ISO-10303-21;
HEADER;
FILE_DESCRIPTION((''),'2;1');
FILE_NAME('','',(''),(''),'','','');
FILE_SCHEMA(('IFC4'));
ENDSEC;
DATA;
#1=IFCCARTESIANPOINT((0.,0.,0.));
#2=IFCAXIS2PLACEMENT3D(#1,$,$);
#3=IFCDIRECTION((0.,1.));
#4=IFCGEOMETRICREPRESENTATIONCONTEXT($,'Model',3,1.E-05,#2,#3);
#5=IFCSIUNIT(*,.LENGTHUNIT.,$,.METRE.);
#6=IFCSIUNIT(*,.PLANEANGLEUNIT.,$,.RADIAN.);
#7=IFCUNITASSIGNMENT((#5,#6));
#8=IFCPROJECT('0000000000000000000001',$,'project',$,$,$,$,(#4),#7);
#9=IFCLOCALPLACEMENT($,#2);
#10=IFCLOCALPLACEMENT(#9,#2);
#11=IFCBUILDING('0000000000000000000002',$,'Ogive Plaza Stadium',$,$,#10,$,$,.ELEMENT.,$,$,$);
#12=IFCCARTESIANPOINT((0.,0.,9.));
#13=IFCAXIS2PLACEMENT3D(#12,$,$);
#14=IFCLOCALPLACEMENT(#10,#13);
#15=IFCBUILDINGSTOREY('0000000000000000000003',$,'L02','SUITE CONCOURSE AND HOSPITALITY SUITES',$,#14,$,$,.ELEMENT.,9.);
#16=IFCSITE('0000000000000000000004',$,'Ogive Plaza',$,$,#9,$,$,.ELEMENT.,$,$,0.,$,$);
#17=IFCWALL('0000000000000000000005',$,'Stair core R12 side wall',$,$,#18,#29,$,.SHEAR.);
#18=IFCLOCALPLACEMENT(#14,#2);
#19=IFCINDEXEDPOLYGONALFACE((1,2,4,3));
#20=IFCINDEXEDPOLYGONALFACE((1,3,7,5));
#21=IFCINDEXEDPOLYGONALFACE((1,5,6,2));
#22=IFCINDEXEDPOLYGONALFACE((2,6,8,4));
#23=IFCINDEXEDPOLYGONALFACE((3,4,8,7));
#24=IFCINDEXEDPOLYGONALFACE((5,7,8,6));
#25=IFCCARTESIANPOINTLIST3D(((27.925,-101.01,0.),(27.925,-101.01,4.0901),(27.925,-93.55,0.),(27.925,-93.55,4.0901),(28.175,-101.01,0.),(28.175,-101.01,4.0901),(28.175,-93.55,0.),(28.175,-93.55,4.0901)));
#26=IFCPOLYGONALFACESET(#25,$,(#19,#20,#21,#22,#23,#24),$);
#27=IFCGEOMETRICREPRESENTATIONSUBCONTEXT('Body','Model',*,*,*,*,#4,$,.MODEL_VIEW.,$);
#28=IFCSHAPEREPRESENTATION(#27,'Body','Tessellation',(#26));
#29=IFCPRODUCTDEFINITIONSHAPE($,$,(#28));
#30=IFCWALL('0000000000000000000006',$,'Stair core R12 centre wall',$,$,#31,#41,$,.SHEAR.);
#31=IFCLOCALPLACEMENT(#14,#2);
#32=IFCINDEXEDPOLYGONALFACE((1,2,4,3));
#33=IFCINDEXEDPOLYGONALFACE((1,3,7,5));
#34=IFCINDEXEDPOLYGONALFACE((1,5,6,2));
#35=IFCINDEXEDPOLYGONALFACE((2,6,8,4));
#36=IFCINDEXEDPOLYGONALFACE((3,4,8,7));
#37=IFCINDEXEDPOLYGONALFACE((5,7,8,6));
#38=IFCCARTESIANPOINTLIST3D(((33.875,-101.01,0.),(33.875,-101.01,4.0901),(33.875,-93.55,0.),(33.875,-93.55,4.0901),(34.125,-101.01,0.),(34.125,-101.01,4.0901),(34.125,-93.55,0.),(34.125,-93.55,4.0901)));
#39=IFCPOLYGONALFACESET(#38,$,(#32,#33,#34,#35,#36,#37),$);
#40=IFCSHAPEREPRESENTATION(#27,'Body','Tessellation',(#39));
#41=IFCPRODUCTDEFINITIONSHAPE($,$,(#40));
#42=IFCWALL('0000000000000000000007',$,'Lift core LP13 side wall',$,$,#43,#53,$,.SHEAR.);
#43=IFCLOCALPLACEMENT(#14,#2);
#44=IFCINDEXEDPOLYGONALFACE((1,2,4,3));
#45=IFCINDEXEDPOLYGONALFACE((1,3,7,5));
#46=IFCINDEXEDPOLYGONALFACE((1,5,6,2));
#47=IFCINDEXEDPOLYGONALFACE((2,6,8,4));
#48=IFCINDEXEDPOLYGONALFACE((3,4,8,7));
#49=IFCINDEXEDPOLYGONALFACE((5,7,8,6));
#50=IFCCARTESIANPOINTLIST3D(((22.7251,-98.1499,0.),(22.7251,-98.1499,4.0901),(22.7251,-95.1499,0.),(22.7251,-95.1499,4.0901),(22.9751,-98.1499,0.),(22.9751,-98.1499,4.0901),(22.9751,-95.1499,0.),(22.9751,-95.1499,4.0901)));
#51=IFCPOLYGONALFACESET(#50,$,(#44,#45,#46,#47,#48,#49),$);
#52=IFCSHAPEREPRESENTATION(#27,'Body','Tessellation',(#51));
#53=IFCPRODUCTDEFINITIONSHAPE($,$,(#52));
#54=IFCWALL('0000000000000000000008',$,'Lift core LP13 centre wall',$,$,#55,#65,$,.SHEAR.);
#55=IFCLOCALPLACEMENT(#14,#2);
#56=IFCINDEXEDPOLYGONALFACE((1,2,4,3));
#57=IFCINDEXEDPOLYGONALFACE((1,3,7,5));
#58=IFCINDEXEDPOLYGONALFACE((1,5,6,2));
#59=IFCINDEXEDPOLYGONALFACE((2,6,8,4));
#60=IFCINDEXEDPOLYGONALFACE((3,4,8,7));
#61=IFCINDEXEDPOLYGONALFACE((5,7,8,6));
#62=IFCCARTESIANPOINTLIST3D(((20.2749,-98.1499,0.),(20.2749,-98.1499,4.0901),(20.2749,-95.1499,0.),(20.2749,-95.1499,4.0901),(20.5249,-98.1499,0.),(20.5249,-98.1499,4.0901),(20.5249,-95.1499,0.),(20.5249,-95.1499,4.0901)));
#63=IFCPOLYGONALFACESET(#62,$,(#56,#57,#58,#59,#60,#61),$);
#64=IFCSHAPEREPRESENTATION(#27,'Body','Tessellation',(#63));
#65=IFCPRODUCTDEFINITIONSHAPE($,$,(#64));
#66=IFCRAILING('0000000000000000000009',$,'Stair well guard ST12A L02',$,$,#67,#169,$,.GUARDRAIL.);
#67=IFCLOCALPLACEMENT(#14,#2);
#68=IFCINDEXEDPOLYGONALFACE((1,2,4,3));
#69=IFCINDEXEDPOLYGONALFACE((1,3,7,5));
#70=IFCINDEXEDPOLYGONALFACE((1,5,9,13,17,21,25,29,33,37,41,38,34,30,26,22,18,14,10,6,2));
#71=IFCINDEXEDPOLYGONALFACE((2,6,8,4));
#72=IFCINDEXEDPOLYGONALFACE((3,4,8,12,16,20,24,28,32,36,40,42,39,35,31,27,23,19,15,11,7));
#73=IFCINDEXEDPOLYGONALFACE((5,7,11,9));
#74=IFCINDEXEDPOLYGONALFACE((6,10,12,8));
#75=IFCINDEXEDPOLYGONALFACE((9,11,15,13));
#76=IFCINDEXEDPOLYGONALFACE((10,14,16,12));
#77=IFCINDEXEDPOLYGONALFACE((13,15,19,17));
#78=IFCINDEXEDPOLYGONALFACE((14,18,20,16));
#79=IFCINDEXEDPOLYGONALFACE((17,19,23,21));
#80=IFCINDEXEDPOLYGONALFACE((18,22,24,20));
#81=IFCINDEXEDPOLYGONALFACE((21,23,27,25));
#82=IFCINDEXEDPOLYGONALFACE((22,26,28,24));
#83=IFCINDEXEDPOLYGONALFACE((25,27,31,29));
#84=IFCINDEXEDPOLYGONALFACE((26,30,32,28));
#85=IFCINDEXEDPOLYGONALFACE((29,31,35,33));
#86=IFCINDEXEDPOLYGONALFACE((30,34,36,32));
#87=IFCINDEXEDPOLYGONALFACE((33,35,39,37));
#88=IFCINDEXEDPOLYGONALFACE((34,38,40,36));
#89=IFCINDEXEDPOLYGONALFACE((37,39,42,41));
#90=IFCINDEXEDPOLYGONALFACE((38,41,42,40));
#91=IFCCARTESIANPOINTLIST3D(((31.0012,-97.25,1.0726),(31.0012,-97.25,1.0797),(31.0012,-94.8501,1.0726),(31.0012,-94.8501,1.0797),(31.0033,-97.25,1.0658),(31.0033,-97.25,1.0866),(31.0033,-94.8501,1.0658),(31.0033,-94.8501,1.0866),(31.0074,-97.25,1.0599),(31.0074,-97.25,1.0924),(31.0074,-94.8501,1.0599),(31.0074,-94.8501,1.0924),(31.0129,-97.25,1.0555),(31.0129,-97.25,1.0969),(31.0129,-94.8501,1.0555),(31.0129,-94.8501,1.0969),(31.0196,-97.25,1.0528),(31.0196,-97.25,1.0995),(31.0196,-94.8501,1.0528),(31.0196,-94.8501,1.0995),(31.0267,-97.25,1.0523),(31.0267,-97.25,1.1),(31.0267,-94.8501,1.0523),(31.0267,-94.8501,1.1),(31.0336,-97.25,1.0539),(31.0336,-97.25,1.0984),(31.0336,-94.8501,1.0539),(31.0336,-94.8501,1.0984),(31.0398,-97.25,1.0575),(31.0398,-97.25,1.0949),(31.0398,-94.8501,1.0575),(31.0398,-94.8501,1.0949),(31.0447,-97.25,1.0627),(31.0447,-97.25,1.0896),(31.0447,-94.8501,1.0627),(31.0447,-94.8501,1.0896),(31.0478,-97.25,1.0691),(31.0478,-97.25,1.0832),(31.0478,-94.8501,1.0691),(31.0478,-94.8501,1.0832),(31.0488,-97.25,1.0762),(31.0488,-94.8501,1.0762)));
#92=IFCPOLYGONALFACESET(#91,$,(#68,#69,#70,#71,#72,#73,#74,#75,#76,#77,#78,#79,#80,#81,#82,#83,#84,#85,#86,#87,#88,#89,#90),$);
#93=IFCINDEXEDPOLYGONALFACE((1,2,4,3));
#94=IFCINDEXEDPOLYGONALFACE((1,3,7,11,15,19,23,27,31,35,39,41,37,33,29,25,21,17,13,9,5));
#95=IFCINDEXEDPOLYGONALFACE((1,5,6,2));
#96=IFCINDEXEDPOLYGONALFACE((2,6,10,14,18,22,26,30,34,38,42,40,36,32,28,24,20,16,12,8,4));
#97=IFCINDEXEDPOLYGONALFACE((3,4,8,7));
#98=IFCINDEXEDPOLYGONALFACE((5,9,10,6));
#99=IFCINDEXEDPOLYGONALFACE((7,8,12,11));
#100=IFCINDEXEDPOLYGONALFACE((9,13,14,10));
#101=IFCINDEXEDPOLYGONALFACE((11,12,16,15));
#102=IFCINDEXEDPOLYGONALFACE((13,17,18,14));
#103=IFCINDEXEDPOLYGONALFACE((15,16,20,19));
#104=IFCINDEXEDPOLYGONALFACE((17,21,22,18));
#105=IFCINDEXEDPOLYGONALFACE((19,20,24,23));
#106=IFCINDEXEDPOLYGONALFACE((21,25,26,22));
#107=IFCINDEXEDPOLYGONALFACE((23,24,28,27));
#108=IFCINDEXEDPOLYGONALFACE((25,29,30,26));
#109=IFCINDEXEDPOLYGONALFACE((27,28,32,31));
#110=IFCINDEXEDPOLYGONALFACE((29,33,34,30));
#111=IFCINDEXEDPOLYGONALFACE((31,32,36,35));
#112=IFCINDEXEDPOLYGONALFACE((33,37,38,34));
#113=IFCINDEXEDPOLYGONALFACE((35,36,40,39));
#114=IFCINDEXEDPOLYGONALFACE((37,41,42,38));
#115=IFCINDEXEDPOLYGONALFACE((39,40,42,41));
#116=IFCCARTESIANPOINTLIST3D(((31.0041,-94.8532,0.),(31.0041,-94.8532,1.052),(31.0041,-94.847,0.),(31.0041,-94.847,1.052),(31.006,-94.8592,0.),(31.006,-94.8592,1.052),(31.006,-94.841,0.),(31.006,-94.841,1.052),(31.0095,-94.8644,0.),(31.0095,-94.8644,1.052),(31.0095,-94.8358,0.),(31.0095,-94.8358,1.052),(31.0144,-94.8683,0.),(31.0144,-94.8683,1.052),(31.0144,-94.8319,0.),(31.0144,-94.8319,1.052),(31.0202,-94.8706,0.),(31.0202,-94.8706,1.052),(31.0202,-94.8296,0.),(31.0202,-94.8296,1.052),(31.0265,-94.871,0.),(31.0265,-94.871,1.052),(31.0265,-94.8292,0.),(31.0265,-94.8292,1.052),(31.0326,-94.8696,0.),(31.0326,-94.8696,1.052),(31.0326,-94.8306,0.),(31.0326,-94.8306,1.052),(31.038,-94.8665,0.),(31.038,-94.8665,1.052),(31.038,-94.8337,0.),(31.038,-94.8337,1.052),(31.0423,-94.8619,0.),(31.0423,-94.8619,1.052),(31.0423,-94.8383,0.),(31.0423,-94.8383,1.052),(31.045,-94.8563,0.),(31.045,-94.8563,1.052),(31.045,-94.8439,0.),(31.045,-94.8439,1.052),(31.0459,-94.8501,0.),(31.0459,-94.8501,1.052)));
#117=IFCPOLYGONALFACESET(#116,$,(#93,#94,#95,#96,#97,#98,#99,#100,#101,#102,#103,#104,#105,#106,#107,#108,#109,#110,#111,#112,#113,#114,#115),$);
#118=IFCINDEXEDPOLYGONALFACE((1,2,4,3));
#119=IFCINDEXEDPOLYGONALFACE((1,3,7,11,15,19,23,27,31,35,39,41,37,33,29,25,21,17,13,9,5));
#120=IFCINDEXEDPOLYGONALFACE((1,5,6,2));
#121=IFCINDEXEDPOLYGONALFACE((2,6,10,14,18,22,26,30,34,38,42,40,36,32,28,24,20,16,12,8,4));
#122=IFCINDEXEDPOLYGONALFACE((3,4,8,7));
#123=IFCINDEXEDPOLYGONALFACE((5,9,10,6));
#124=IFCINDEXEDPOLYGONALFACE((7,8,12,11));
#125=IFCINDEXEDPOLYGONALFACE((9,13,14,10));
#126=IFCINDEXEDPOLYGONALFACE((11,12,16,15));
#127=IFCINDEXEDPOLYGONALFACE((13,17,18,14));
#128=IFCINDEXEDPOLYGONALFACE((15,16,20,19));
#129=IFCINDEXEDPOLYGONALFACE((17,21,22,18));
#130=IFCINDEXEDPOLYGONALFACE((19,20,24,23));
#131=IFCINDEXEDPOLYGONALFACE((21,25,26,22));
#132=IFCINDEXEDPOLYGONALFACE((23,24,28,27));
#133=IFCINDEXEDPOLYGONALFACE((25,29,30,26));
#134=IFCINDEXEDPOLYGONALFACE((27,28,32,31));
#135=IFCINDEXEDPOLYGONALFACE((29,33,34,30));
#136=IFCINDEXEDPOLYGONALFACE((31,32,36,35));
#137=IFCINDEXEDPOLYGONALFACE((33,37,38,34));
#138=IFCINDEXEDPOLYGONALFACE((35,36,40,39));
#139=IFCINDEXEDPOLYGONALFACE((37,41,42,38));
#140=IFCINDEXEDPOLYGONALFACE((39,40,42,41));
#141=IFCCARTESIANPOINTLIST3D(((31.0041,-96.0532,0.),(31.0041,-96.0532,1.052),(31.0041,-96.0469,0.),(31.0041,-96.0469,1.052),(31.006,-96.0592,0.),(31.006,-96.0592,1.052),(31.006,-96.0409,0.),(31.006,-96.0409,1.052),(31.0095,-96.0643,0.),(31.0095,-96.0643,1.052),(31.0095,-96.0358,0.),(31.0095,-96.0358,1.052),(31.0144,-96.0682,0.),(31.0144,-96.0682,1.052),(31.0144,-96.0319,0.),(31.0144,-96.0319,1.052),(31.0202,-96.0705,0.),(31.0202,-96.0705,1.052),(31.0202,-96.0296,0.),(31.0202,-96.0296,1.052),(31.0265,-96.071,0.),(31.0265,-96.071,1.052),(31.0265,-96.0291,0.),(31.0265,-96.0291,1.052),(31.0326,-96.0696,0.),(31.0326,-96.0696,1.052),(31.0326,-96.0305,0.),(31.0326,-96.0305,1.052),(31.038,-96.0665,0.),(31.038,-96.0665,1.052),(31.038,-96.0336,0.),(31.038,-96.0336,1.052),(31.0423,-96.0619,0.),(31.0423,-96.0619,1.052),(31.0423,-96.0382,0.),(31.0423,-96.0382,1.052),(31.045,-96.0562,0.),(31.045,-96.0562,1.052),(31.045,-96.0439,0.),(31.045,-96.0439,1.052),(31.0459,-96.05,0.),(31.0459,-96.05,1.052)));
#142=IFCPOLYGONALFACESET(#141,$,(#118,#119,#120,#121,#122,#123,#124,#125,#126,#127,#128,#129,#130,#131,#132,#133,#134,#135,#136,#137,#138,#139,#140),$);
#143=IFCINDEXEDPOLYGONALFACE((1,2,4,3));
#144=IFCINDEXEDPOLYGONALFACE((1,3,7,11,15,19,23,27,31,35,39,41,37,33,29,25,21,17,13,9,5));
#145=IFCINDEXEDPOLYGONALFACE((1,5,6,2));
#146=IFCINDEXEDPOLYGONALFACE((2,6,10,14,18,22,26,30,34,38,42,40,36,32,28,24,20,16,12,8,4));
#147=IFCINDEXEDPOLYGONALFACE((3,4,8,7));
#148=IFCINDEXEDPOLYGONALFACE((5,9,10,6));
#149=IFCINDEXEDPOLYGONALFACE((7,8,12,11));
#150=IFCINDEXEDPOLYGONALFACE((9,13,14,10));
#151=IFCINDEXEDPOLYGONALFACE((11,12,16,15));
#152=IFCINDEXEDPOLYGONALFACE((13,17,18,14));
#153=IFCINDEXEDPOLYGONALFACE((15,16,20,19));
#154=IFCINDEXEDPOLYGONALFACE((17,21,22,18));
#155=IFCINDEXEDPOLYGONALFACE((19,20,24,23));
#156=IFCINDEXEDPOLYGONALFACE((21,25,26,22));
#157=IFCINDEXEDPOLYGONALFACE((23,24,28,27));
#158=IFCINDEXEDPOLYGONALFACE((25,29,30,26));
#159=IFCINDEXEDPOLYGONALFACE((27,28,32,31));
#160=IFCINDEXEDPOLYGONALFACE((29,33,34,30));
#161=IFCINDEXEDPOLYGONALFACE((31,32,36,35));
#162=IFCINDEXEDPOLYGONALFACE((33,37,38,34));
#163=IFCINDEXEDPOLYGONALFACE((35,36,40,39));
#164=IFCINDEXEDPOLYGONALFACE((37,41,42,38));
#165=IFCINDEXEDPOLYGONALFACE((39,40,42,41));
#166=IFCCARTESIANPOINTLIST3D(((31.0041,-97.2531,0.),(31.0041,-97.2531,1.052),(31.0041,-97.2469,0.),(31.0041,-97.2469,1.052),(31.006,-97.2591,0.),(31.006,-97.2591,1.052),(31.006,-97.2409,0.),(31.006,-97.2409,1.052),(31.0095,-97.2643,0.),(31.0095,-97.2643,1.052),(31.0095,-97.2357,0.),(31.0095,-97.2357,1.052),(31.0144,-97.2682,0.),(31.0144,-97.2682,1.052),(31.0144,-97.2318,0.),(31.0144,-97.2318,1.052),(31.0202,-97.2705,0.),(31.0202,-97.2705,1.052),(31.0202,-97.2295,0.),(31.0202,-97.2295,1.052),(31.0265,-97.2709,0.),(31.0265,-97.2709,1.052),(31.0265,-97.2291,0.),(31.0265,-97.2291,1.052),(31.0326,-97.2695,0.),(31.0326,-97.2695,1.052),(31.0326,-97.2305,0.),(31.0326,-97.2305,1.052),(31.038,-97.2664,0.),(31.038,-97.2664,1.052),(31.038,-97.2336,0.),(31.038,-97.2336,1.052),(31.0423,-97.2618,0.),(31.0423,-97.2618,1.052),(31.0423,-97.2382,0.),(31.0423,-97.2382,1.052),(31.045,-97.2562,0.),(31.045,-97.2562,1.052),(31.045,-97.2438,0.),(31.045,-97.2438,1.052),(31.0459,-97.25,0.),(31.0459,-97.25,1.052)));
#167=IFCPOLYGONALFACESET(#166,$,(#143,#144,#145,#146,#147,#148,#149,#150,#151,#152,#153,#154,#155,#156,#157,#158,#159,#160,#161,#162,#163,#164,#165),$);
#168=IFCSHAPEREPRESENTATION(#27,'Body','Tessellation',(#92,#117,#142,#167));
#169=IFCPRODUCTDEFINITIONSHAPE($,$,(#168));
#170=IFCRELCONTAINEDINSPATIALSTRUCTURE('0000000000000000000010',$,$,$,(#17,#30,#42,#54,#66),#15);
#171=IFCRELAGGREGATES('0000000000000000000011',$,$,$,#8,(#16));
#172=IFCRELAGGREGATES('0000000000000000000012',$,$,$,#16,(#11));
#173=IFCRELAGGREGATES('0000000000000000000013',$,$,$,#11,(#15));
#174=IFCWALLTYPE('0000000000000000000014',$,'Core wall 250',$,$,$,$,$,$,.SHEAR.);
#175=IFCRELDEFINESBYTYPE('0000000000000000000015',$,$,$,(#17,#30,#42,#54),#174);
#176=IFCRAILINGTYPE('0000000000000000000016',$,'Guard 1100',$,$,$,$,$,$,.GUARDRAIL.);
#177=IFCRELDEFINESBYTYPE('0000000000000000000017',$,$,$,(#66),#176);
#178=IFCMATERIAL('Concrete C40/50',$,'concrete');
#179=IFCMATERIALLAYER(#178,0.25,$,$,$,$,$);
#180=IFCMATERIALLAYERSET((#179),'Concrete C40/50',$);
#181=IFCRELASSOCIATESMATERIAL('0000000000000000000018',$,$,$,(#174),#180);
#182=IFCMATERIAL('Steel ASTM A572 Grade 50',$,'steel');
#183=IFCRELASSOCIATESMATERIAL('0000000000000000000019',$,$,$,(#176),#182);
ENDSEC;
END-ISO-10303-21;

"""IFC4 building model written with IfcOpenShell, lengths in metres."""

from ifc_helpers import new_model, si_unit, direction, frame, frame_2d, origin, origin_2d, place, context, subcontext, project, spatial, rectangle, circle, extrude, material, layer, layer_set, type_object, element, save


model = new_model("IFC4")

# Units and contexts
model_context = context("Model", 3, precision=1e-05, world=origin(), true_north=direction((0.0, 1.0)))
body_context = subcontext(model_context, "Body", "Model", "MODEL_VIEW")
ifc_project = project(units=[si_unit("LENGTHUNIT", "METRE"), si_unit("PLANEANGLEUNIT", "RADIAN")], contexts=[model_context])

# Site, building, storey
site_placement = place(None, origin())
site = spatial("IfcSite", under=ifc_project, at=site_placement, Name="Ogive Plaza", CompositionType="ELEMENT", RefElevation=0.0)
building_placement = place(site_placement, origin())
building = spatial("IfcBuilding", under=site, at=building_placement, Name="Ogive Plaza Stadium", CompositionType="ELEMENT")
storey_placement = place(building_placement, frame((0.0, 0.0, 9.0)))
storey = spatial("IfcBuildingStorey", under=building, at=storey_placement, Name="L02", Description="SUITE CONCOURSE AND HOSPITALITY SUITES", CompositionType="ELEMENT", Elevation=9.0)

# Walls
ifc_material_1 = material(Name="Concrete C40/50", Category="concrete")
ifc_layer_1 = layer(ifc_material_1, 0.25)
ifc_layer_set_1 = layer_set([ifc_layer_1], Name="Concrete C40/50")
wall_type = type_object("IfcWallType", Name="Core wall 250", PredefinedType="SHEAR", material=ifc_layer_set_1)
for number, where, z_axis, x_axis, name in (
    (1, (28.05, -93.55, 0.0), (0.0, 0.0, 1.0), (0.0, -1.0, 0.0), "Stair core R12 side wall"),
    (2, (34.0, -93.55, 0.0), (0.0, 0.0, 1.0), (0.0, -1.0, 0.0), "Stair core R12 centre wall"),
):
    element("IfcWall", number, at=place(storey_placement, frame(where, z_axis=z_axis, x_axis=x_axis)), inside=storey, type_object=wall_type, Name=name, PredefinedType="SHEAR", context=body_context, shape_type="SweptSolid", body=[
        extrude(rectangle(XDim=7.46, YDim=0.25, at=frame_2d((3.73, 0.0))), origin(), (0.0, 0.0, 1.0), 4.0901),
    ])
for number, where, z_axis, x_axis, name in (
    (3, (22.8501, -95.1499, 0.0), (0.0, 0.0, 1.0), (0.0, -1.0, 0.0), "Lift core LP13 side wall"),
    (4, (20.3999, -95.1499, 0.0), (0.0, 0.0, 1.0), (0.0, -1.0, 0.0), "Lift core LP13 centre wall"),
):
    element("IfcWall", number, at=place(storey_placement, frame(where, z_axis=z_axis, x_axis=x_axis)), inside=storey, type_object=wall_type, Name=name, PredefinedType="SHEAR", context=body_context, shape_type="SweptSolid", body=[
        extrude(rectangle(XDim=3.0, YDim=0.25, at=frame_2d((1.5, 0.0))), origin(), (0.0, 0.0, 1.0), 4.0901),
    ])

# Railing
ifc_material_2 = material(Name="Steel ASTM A572 Grade 50", Category="steel")
railing_type_1 = type_object("IfcRailingType", Name="Guard 1100", PredefinedType="GUARDRAIL", material=ifc_material_2)
for number, where, name in (
    (5, (31.0249, -94.8501, 0.0), "Stair well guard ST12A L02"),
):
    element("IfcRailing", number, at=place(storey_placement, frame(where)), inside=storey, type_object=railing_type_1, Name=name, PredefinedType="GUARDRAIL", context=body_context, shape_type="SweptSolid", body=[
        extrude(circle(Radius=0.0239, at=origin_2d()), frame((0.0, 0.0, 1.0762), z_axis=(0.0, -1.0, 0.0), x_axis=(1.0, 0.0, 0.0)), (0.0, 0.0, 1.0), 2.3999),
        extrude(circle(Radius=0.021, at=origin_2d()), origin(), (0.0, 0.0, 1.0), 1.052),
        extrude(circle(Radius=0.021, at=origin_2d()), frame((0.0, -1.2, 0.0)), (0.0, 0.0, 1.0), 1.052),
        extrude(circle(Radius=0.021, at=origin_2d()), frame((0.0, -2.3999, 0.0)), (0.0, 0.0, 1.0), 1.052),
    ])

save(model, "model.ifc")
